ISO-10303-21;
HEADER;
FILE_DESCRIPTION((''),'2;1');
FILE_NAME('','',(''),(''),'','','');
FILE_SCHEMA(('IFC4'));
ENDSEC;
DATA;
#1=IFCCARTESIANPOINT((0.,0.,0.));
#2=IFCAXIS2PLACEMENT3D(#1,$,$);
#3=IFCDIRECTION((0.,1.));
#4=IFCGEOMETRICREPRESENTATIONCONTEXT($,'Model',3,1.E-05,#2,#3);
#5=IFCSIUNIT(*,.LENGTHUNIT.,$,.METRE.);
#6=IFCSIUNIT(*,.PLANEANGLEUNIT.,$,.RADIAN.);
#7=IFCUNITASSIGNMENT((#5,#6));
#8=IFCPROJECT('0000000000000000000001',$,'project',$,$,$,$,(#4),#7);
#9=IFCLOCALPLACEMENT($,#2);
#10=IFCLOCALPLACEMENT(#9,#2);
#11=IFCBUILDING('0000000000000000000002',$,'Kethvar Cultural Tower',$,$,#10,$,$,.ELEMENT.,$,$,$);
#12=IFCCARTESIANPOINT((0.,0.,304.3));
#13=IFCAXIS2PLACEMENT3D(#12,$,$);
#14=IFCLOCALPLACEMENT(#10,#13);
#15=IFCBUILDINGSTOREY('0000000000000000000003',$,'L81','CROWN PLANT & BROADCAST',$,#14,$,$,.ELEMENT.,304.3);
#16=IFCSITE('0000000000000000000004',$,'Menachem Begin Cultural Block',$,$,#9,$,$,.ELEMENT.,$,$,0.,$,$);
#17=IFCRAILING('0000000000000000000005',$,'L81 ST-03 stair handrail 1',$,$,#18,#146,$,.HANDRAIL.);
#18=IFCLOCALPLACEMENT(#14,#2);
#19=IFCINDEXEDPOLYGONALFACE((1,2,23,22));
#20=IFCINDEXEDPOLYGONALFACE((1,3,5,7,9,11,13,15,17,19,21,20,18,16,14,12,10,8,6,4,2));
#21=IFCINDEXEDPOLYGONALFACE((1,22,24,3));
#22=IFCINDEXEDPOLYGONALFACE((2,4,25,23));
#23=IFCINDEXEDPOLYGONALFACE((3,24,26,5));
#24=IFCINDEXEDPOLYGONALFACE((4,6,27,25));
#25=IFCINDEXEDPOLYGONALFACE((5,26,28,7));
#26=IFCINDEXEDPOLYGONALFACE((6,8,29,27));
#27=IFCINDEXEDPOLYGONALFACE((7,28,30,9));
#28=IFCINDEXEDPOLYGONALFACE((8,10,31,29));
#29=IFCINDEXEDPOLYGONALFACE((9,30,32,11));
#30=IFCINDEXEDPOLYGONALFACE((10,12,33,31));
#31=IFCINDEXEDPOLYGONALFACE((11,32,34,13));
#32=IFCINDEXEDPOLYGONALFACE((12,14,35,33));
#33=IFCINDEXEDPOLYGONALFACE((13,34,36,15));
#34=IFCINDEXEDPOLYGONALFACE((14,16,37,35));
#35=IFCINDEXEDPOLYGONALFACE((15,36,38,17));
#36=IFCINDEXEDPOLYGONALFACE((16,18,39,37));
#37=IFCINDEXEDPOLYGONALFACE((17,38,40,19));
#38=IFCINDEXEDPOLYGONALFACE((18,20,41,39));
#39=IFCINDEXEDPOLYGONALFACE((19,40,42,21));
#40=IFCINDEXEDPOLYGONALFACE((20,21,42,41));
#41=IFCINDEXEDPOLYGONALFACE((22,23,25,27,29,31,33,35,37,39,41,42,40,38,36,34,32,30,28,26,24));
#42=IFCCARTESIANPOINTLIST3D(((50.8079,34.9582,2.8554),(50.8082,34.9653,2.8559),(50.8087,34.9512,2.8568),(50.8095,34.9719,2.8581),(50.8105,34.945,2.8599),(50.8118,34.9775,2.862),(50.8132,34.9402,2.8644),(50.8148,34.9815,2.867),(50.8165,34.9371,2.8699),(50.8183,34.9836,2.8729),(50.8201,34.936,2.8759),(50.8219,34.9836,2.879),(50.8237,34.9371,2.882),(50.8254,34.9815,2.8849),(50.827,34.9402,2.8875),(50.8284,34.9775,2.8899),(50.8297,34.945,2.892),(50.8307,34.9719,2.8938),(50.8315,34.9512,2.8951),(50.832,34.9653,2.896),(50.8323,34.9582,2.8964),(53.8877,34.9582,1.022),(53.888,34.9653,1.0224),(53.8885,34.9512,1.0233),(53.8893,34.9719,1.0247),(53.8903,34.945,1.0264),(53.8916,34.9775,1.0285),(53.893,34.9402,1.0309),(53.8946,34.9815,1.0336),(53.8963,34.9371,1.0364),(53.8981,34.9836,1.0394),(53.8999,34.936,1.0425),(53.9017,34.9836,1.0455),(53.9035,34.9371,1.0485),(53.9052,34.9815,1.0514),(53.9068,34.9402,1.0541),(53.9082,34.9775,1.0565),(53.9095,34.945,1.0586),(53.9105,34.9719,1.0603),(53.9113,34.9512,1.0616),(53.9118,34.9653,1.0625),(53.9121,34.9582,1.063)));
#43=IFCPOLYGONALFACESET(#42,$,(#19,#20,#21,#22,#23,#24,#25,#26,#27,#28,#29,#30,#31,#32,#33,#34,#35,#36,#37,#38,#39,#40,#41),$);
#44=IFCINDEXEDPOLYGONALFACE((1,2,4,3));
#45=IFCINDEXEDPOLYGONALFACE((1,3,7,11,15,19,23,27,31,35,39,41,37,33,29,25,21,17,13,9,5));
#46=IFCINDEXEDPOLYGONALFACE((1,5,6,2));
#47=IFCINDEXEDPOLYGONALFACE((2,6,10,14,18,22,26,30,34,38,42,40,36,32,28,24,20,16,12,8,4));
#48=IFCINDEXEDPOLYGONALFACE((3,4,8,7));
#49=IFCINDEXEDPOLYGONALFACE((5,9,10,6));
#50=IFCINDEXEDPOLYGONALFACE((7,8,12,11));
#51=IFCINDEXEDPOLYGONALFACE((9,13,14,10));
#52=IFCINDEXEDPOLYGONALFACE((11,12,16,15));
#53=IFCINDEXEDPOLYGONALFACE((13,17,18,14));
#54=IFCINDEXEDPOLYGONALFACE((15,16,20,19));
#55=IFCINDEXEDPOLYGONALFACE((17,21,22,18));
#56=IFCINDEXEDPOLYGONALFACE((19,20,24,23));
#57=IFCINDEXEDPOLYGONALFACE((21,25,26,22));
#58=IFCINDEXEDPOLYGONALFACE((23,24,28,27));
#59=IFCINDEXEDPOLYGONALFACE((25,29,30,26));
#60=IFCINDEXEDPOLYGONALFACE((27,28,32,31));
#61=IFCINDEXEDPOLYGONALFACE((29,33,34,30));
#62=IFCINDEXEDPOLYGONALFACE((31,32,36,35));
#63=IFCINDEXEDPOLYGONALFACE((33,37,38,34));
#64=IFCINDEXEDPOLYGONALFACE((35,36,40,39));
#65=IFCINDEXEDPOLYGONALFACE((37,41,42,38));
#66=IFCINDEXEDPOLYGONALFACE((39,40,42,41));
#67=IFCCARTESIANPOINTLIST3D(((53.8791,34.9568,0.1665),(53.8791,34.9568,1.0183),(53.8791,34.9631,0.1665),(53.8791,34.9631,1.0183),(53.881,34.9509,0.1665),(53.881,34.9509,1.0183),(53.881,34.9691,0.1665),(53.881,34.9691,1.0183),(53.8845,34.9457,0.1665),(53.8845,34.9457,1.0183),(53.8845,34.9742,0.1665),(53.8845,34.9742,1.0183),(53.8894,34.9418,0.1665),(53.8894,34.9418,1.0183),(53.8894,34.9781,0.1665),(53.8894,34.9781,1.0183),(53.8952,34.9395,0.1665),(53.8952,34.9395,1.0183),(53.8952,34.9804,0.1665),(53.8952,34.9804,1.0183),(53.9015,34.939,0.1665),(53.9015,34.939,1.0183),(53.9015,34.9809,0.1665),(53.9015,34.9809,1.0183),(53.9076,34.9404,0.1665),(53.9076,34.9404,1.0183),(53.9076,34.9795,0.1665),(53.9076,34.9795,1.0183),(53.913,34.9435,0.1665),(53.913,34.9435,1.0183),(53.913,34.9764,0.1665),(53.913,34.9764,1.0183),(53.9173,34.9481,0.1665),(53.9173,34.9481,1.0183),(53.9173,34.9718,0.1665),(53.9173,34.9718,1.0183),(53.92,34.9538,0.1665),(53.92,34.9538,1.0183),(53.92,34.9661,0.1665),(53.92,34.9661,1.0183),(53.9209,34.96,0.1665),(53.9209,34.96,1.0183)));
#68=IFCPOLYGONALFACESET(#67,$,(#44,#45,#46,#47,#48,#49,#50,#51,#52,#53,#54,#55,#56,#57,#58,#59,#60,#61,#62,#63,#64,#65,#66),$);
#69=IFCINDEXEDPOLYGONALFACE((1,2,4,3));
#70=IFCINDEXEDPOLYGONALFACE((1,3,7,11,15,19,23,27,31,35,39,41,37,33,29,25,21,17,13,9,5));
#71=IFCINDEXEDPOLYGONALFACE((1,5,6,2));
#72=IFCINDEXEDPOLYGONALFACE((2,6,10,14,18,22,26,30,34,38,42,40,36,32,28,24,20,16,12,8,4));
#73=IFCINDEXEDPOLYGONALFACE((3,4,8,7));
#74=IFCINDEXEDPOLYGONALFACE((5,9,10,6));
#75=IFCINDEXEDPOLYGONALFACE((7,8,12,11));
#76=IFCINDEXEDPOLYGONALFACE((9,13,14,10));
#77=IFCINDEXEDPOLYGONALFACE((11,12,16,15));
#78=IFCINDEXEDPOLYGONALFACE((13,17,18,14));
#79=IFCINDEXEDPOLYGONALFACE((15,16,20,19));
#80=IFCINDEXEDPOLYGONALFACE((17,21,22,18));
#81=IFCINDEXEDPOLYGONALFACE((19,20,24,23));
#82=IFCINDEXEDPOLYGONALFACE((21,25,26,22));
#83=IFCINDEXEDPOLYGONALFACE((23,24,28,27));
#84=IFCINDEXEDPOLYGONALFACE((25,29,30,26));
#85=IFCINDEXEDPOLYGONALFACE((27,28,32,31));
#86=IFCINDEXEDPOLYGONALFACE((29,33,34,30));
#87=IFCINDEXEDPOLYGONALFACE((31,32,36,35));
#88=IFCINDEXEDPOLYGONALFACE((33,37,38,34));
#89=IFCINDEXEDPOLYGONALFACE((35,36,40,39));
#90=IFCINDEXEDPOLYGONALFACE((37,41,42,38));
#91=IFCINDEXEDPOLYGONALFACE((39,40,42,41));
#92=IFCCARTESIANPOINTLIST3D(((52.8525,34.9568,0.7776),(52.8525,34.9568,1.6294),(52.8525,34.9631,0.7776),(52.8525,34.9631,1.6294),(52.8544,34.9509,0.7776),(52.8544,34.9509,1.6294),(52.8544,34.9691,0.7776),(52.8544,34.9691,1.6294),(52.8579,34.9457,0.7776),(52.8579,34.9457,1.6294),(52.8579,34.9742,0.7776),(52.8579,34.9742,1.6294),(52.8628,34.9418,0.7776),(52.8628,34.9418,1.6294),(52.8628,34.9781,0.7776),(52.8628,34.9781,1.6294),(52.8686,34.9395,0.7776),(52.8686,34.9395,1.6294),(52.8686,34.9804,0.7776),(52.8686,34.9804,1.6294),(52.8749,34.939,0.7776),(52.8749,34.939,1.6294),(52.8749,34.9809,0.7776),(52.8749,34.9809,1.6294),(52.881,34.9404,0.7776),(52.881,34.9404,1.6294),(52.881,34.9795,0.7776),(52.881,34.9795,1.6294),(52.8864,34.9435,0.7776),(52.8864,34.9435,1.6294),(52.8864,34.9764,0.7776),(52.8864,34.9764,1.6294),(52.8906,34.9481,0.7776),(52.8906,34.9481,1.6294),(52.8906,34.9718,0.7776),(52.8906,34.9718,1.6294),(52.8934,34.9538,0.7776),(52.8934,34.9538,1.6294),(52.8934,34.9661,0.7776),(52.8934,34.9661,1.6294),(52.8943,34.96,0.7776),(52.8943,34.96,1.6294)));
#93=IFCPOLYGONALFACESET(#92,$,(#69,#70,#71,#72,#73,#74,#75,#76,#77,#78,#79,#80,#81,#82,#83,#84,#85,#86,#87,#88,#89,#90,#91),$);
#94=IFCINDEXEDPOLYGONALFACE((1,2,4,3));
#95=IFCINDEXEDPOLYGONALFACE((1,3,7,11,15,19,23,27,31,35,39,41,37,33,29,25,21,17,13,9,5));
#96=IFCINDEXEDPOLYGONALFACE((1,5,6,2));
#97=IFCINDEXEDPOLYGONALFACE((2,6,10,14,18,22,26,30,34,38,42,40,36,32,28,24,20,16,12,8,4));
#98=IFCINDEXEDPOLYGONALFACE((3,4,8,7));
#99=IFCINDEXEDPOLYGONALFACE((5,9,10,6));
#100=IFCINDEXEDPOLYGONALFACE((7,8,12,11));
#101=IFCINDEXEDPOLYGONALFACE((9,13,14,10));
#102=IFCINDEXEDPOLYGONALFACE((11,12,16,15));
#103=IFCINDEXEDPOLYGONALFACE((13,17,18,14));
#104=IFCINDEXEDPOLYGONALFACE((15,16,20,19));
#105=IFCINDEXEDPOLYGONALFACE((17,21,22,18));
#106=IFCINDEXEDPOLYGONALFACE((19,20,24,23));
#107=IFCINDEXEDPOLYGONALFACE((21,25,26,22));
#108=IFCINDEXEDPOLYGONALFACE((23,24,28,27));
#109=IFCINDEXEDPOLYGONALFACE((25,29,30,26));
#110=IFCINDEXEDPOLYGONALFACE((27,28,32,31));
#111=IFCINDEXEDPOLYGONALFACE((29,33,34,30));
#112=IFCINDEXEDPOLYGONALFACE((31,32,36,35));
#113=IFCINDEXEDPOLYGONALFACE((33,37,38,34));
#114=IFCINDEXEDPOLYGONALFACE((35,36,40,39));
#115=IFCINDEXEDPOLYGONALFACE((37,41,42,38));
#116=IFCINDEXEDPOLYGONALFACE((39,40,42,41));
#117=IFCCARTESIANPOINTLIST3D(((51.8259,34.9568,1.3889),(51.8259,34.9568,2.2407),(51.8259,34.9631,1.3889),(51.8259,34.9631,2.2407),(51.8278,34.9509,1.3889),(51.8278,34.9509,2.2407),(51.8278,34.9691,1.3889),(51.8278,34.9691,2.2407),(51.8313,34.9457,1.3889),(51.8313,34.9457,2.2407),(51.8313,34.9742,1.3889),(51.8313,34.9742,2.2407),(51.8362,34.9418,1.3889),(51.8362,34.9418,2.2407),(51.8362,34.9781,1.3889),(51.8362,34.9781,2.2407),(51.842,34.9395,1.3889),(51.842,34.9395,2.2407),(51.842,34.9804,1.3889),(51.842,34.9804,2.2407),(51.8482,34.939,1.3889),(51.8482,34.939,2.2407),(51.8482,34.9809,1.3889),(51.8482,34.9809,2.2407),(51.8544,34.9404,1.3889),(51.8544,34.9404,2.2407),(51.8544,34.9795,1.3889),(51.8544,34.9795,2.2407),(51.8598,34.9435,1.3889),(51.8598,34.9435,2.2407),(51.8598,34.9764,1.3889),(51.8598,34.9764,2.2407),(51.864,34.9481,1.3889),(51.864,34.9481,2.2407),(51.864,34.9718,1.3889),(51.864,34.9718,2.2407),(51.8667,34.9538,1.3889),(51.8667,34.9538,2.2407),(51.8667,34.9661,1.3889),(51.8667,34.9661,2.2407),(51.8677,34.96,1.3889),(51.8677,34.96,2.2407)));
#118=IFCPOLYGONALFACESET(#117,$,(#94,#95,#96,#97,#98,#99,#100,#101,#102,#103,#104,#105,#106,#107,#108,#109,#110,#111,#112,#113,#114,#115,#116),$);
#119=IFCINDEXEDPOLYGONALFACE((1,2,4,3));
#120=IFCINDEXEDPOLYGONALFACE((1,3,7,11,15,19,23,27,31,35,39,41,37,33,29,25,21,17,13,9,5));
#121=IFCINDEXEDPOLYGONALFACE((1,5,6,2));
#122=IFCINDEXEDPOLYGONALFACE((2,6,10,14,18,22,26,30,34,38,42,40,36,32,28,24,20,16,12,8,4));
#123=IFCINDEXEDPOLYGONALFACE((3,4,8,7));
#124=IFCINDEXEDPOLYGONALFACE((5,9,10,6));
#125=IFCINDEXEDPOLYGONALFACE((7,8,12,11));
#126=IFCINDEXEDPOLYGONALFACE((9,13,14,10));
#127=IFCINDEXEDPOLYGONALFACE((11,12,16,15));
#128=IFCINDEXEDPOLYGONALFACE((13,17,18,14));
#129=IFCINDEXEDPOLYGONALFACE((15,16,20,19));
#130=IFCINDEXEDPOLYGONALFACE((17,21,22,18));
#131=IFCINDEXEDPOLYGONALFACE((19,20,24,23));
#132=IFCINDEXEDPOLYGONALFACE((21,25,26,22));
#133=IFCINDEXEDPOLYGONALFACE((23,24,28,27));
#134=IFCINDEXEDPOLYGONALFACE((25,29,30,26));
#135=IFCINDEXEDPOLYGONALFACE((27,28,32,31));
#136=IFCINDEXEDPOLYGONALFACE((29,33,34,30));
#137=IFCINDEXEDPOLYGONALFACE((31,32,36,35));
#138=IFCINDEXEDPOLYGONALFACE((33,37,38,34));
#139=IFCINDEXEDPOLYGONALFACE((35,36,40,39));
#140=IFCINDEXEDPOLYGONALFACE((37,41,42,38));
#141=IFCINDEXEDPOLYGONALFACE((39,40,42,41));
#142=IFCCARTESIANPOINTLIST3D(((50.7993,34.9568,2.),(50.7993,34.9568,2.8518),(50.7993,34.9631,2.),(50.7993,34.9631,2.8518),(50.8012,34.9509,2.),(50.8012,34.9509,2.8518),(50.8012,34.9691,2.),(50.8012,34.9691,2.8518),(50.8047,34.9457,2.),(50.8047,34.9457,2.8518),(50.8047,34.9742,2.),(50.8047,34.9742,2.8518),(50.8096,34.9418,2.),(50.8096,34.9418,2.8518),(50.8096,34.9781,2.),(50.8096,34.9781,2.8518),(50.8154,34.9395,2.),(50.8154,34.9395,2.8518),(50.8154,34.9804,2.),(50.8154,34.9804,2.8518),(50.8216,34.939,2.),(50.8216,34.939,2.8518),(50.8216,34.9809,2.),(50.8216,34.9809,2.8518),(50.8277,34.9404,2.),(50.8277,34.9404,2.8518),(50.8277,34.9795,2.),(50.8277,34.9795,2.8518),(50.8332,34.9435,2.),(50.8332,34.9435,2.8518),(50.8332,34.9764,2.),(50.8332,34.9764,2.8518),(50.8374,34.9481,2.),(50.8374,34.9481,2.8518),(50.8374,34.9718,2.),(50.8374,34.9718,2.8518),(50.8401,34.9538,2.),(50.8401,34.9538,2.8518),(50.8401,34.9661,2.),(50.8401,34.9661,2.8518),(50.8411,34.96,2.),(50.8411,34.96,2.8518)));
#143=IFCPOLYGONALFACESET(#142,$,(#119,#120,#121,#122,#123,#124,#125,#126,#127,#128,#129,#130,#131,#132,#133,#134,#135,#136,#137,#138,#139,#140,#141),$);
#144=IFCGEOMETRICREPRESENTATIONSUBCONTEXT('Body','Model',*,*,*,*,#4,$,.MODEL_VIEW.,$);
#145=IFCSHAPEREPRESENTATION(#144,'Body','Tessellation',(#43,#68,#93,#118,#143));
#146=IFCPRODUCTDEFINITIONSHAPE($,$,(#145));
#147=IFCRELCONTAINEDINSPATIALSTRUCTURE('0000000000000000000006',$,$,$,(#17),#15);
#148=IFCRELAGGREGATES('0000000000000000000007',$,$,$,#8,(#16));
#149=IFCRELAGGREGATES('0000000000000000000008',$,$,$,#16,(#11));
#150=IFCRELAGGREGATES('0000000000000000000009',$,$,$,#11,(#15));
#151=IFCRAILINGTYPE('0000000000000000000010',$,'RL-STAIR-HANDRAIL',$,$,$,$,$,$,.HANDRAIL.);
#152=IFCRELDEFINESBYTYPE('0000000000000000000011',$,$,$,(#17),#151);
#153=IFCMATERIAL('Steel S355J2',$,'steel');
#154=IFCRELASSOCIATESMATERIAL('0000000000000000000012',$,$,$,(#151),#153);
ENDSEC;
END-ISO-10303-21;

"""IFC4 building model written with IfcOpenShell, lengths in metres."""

from ifc_helpers import new_model, si_unit, direction, frame, origin, origin_2d, place, context, subcontext, project, spatial, circle, extrude, material, type_object, element, save


model = new_model("IFC4")

# Units and contexts
model_context = context("Model", 3, precision=1e-05, world=origin(), true_north=direction((0.0, 1.0)))
body_context = subcontext(model_context, "Body", "Model", "MODEL_VIEW")
ifc_project = project(units=[si_unit("LENGTHUNIT", "METRE"), si_unit("PLANEANGLEUNIT", "RADIAN")], contexts=[model_context])

# Site, building, storey
site_placement = place(None, origin())
site = spatial("IfcSite", under=ifc_project, at=site_placement, Name="Menachem Begin Cultural Block", CompositionType="ELEMENT", RefElevation=0.0)
building_placement = place(site_placement, origin())
building = spatial("IfcBuilding", under=site, at=building_placement, Name="Kethvar Cultural Tower", CompositionType="ELEMENT")
storey_placement = place(building_placement, frame((0.0, 0.0, 304.3)))
storey = spatial("IfcBuildingStorey", under=building, at=storey_placement, Name="L81", Description="CROWN PLANT & BROADCAST", CompositionType="ELEMENT", Elevation=304.3)

# Shared definitions
ifc_material_1 = material(Name="Steel S355J2", Category="steel")

# Railing
railing_type_1 = type_object("IfcRailingType", Name="RL-STAIR-HANDRAIL", PredefinedType="HANDRAIL", material=ifc_material_1)
railing_1_placement = place(storey_placement, frame((53.8999, 34.96, 0.1665)))
element("IfcRailing", 1, at=railing_1_placement, inside=storey, type_object=railing_type_1, Name="L81 ST-03 stair handrail 1", PredefinedType="HANDRAIL", context=body_context, shape_type="SweptSolid", body=[
    extrude(circle(Radius=0.0239, at=origin_2d()), frame((0.0, 0.0, 0.876), z_axis=(-0.859261, 0.0, 0.511538), x_axis=(0.0, -1.0, 0.0)), (0.0, 0.0, 1.0), 3.5842),
    extrude(circle(Radius=0.021, at=origin_2d()), origin(), (0.0, 0.0, 1.0), 0.8518),
    extrude(circle(Radius=0.021, at=origin_2d()), frame((-1.0266, 0.0, 0.6111)), (0.0, 0.0, 1.0), 0.8518),
    extrude(circle(Radius=0.021, at=origin_2d()), frame((-2.0532, 0.0, 1.2224)), (0.0, 0.0, 1.0), 0.8518),
    extrude(circle(Radius=0.021, at=origin_2d()), frame((-3.0798, 0.0, 1.8335)), (0.0, 0.0, 1.0), 0.8518),
])

save(model, "model.ifc")
